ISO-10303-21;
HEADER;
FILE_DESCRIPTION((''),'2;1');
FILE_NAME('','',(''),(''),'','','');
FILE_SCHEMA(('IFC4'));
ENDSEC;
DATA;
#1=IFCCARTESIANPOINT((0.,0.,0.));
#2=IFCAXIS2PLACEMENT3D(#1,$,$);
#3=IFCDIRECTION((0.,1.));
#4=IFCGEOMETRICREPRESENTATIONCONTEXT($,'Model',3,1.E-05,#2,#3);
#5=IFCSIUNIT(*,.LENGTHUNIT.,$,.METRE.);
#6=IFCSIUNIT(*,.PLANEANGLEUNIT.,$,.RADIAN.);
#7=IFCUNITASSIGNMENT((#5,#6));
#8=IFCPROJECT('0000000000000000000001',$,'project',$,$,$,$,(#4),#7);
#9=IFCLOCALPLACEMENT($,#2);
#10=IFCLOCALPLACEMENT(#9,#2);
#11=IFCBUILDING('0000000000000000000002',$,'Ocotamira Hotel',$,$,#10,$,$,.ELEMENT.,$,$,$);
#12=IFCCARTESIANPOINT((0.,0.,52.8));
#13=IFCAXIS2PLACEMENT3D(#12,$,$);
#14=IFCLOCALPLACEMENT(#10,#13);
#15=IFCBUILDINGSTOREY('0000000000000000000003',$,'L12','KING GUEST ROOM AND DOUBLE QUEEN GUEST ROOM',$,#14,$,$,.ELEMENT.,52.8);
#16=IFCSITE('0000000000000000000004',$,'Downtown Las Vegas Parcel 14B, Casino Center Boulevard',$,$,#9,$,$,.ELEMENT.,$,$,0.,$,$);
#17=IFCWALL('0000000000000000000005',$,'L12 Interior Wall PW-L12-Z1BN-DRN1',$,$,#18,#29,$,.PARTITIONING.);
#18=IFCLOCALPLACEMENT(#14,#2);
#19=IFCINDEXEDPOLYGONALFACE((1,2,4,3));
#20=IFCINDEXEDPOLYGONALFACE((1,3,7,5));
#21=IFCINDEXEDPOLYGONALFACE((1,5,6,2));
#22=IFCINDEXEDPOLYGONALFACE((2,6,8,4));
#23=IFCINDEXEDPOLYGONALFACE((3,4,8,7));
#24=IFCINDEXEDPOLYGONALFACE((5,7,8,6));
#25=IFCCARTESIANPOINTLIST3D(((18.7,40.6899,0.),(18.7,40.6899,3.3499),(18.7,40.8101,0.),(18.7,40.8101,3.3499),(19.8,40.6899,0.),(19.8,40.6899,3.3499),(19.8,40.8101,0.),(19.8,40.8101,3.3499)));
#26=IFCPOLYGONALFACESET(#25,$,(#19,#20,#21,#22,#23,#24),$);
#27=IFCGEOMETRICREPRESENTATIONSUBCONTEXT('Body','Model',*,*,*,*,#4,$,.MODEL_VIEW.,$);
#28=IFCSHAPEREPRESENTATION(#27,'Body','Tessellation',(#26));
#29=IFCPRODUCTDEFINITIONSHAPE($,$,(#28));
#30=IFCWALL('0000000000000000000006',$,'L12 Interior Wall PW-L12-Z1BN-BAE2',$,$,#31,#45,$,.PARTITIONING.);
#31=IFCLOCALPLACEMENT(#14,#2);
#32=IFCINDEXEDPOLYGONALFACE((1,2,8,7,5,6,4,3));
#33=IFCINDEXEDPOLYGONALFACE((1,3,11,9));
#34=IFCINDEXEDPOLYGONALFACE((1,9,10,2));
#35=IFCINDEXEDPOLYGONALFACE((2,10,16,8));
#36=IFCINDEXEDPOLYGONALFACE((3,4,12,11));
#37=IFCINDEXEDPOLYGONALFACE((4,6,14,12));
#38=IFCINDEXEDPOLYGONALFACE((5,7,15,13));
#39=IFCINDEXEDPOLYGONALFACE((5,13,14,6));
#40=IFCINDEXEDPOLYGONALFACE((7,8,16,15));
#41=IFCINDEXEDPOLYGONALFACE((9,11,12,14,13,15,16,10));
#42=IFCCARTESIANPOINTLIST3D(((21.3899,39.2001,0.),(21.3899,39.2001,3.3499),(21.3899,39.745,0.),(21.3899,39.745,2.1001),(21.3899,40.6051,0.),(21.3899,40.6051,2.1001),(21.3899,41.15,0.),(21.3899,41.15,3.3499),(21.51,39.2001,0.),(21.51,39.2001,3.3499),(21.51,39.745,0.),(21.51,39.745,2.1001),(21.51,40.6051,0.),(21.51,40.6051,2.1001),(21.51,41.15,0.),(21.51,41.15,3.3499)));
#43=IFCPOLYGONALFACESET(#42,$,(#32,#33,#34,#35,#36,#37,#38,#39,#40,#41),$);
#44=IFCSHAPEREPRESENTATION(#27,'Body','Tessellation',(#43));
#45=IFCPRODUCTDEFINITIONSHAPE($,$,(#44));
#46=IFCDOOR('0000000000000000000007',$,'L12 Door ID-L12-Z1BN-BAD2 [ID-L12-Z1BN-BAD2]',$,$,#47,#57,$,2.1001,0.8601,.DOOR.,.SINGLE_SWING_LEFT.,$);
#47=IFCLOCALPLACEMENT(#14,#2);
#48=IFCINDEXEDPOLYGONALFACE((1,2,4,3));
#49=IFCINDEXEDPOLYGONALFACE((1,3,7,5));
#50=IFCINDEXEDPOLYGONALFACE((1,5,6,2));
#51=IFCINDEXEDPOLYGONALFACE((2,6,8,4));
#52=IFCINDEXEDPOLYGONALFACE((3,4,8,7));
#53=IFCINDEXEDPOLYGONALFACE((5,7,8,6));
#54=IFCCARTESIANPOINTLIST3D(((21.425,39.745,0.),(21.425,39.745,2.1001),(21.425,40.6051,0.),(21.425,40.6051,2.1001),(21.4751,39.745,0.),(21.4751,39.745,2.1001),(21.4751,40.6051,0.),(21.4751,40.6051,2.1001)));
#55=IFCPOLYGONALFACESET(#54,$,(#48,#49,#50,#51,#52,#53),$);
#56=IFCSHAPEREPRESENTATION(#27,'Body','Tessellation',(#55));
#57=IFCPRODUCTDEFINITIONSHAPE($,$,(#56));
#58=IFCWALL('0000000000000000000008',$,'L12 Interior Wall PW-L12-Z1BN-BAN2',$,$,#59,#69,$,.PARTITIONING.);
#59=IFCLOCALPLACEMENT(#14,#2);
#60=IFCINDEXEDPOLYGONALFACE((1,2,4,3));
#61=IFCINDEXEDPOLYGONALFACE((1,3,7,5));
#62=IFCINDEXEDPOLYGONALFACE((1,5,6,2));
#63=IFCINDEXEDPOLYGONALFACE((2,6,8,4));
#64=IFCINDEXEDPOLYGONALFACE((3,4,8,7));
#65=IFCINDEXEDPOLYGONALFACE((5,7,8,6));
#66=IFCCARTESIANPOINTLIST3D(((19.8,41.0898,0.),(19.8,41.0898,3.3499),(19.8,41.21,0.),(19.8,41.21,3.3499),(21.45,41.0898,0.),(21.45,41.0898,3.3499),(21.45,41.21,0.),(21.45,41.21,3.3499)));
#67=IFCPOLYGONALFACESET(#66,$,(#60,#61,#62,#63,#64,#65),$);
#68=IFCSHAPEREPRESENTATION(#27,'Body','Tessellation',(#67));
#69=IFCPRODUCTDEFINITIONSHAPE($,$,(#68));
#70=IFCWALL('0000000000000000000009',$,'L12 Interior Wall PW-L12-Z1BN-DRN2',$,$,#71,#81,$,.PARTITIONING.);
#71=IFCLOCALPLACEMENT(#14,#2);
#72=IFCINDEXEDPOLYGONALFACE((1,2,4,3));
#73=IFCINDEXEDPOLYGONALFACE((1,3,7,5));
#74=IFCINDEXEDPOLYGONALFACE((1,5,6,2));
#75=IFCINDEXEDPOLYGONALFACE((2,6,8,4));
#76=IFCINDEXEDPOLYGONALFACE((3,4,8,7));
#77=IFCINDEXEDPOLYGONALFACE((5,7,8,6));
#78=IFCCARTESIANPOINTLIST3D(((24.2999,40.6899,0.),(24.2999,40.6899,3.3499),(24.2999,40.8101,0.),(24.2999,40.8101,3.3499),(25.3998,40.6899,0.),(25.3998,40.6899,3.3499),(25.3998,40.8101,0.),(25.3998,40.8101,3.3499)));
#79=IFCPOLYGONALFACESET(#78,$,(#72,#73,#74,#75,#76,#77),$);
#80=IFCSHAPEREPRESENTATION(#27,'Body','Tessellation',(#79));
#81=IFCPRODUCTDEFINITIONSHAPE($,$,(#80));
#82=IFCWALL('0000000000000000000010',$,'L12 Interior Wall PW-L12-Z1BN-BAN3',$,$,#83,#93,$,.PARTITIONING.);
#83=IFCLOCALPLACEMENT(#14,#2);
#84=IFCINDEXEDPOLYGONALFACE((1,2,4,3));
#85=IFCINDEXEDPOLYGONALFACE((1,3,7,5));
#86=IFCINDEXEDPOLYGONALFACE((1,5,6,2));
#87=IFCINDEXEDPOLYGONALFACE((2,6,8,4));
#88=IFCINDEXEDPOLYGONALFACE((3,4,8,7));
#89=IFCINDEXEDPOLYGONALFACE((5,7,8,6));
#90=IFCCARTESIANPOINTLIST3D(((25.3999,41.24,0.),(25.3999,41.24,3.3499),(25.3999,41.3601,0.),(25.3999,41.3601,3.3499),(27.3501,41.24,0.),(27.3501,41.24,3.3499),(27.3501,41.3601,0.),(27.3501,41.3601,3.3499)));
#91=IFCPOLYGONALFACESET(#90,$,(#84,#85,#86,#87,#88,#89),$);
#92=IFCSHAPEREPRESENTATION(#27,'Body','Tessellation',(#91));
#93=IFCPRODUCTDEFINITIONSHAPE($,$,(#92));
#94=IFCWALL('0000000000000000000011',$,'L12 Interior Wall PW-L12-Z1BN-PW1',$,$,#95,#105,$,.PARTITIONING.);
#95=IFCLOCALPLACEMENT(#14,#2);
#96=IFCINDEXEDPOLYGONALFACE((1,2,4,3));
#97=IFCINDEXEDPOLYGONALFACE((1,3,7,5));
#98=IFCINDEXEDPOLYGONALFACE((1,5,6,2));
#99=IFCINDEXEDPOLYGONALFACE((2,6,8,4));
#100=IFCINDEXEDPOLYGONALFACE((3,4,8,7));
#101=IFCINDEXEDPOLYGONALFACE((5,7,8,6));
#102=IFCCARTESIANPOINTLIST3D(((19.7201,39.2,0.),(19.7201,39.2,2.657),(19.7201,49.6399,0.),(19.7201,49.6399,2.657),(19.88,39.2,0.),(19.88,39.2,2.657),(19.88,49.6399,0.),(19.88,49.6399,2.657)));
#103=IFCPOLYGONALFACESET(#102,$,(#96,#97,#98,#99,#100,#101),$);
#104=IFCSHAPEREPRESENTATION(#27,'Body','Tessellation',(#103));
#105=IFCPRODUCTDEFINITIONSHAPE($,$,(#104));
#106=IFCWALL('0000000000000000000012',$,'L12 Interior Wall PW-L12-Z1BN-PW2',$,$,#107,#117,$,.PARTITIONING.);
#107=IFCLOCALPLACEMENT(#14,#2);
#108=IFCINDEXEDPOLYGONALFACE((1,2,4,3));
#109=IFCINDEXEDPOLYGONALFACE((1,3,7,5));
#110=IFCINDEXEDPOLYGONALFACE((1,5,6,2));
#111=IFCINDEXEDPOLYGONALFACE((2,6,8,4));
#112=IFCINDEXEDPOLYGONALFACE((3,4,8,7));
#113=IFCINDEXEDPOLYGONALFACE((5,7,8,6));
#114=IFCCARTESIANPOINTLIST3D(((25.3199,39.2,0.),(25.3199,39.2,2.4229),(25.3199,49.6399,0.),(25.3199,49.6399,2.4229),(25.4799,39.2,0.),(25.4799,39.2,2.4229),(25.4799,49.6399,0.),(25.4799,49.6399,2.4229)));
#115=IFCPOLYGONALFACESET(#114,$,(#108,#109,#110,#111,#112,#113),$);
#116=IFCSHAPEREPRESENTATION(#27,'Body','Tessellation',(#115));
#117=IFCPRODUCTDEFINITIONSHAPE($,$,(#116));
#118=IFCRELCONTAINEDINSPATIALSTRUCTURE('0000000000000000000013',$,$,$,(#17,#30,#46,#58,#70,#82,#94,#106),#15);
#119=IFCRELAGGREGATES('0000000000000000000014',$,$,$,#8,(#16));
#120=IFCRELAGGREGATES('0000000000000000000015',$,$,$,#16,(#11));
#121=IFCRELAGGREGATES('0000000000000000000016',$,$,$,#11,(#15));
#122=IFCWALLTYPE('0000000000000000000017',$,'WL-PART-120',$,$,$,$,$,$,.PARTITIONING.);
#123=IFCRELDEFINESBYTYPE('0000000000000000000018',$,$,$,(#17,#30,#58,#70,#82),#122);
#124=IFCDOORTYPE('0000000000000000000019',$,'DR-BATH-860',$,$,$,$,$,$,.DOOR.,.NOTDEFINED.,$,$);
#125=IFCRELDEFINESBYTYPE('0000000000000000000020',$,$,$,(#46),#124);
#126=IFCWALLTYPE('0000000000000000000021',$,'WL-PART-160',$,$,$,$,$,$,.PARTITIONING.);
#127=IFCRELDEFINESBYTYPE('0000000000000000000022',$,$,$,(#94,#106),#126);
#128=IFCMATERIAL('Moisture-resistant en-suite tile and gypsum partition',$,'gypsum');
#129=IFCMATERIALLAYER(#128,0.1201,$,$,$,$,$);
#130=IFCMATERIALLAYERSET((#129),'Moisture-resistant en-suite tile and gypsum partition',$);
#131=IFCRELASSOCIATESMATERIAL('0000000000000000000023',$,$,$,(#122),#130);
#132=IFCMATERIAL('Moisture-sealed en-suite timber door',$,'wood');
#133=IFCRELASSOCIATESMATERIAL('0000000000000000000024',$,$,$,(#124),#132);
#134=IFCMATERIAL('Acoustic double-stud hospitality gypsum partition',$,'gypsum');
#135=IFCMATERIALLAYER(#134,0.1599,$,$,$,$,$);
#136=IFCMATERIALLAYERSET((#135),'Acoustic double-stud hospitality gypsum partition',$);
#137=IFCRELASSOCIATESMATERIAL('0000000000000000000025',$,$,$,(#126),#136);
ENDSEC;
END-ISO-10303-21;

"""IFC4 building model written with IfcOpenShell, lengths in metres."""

from ifc_helpers import new_model, si_unit, direction, frame, frame_2d, origin, place, context, subcontext, project, spatial, rectangle, extrude, source, transform, mapped, material, layer, layer_set, type_object, element, fill, save


model = new_model("IFC4")

# Units and contexts
model_context = context("Model", 3, precision=1e-05, world=origin(), true_north=direction((0.0, 1.0)))
body_context = subcontext(model_context, "Body", "Model", "MODEL_VIEW")
ifc_project = project(units=[si_unit("LENGTHUNIT", "METRE"), si_unit("PLANEANGLEUNIT", "RADIAN")], contexts=[model_context])

# Site, building, storey
site_placement = place(None, origin())
site = spatial("IfcSite", under=ifc_project, at=site_placement, Name="Downtown Las Vegas Parcel 14B, Casino Center Boulevard", CompositionType="ELEMENT", RefElevation=0.0)
building_placement = place(site_placement, origin())
building = spatial("IfcBuilding", under=site, at=building_placement, Name="Ocotamira Hotel", CompositionType="ELEMENT")
storey_placement = place(building_placement, frame((0.0, 0.0, 52.8)))
storey = spatial("IfcBuildingStorey", under=building, at=storey_placement, Name="L12", Description="KING GUEST ROOM AND DOUBLE QUEEN GUEST ROOM", CompositionType="ELEMENT", Elevation=52.8)

# Wall
ifc_material_1 = material(Name="Moisture-resistant en-suite tile and gypsum partition", Category="gypsum")
ifc_layer_1 = layer(ifc_material_1, 0.1201)
ifc_layer_set_1 = layer_set([ifc_layer_1], Name="Moisture-resistant en-suite tile and gypsum partition")
wall_type_1 = type_object("IfcWallType", Name="WL-PART-120", PredefinedType="PARTITIONING", material=ifc_layer_set_1)
wall_1_placement = place(storey_placement, frame((18.7, 40.75, 0.0), z_axis=(0.0, 0.0, 1.0), x_axis=(1.0, 0.0, 0.0)))
element("IfcWall", 1, at=wall_1_placement, inside=storey, type_object=wall_type_1, Name="L12 Interior Wall PW-L12-Z1BN-DRN1", PredefinedType="PARTITIONING", context=body_context, shape_type="SweptSolid", body=[
    extrude(rectangle(XDim=1.1001, YDim=0.1201, at=frame_2d((0.55, 0.0))), origin(), (0.0, 0.0, 1.0), 3.3499),
])

# Wall, opening, door
wall_2_placement = place(storey_placement, frame((21.45, 39.2, 0.0), z_axis=(0.0, 0.0, 1.0), x_axis=(0.0, 1.0, 0.0)))
wall_2 = element("IfcWall", 2, at=wall_2_placement, inside=storey, type_object=wall_type_1, Name="L12 Interior Wall PW-L12-Z1BN-BAE2", PredefinedType="PARTITIONING", context=body_context, shape_type="SweptSolid", body=[
    extrude(rectangle(XDim=1.95, YDim=0.1201, at=frame_2d((0.9751, 0.0))), origin(), (0.0, 0.0, 1.0), 3.3499),
])
opening_placement = place(wall_2_placement, frame((0.5449, 0.0, 0.0)))
opening = element("IfcOpeningElement", 3, at=opening_placement, cuts=wall_2, PredefinedType="OPENING", context=body_context, shape_type="SweptSolid", body=[
    extrude(rectangle(XDim=0.8601, YDim=2.1001, at=frame_2d((0.4302, 1.05))), frame((0.0, 0.0701, 0.0), z_axis=(0.0, -1.0, 0.0), x_axis=(1.0, 0.0, 0.0)), (0.0, 0.0, 1.0), 0.1401),
])
ifc_material_2 = material(Name="Moisture-sealed en-suite timber door", Category="wood")
door_type = type_object("IfcDoorType", Name="DR-BATH-860", OperationType="NOTDEFINED", PredefinedType="DOOR", material=ifc_material_2)
shared_shape_1 = source(origin(), body_context, "Body", "SweptSolid", [
    extrude(rectangle(XDim=0.8601, YDim=2.1001, at=frame_2d((0.4302, 1.05))), frame((0.0, 0.0249, 0.0), z_axis=(0.0, -1.0, 0.0), x_axis=(1.0, 0.0, 0.0)), (0.0, 0.0, 1.0), 0.05),
])
door_placement = place(opening_placement, origin())
door = element("IfcDoor", 4, at=door_placement, inside=storey, type_object=door_type, Name="L12 Door ID-L12-Z1BN-BAD2 [ID-L12-Z1BN-BAD2]", OperationType="SINGLE_SWING_LEFT", OverallHeight=2.1001, OverallWidth=0.8601, PredefinedType="DOOR", context=body_context, shape_type="MappedRepresentation", body=[
    mapped(shared_shape_1, transform((0.0, 0.0, 0.0), scale=1.0)),
])
fill(opening, door)

# Walls
wall_3_placement = place(storey_placement, frame((19.8, 41.1499, 0.0), z_axis=(0.0, 0.0, 1.0), x_axis=(1.0, 0.0, 0.0)))
element("IfcWall", 5, at=wall_3_placement, inside=storey, type_object=wall_type_1, Name="L12 Interior Wall PW-L12-Z1BN-BAN2", PredefinedType="PARTITIONING", context=body_context, shape_type="SweptSolid", body=[
    extrude(rectangle(XDim=1.6499, YDim=0.1201, at=frame_2d((0.825, 0.0))), origin(), (0.0, 0.0, 1.0), 3.3499),
])
wall_4_placement = place(storey_placement, frame((24.3, 40.75, 0.0), z_axis=(0.0, 0.0, 1.0), x_axis=(1.0, 0.0, 0.0)))
element("IfcWall", 6, at=wall_4_placement, inside=storey, type_object=wall_type_1, Name="L12 Interior Wall PW-L12-Z1BN-DRN2", PredefinedType="PARTITIONING", context=body_context, shape_type="SweptSolid", body=[
    extrude(rectangle(XDim=1.0999, YDim=0.1201, at=frame_2d((0.5498, 0.0))), origin(), (0.0, 0.0, 1.0), 3.3499),
])
wall_5_placement = place(storey_placement, frame((25.3999, 41.3, 0.0), z_axis=(0.0, 0.0, 1.0), x_axis=(1.0, 0.0, 0.0)))
element("IfcWall", 7, at=wall_5_placement, inside=storey, type_object=wall_type_1, Name="L12 Interior Wall PW-L12-Z1BN-BAN3", PredefinedType="PARTITIONING", context=body_context, shape_type="SweptSolid", body=[
    extrude(rectangle(XDim=1.9502, YDim=0.1201, at=frame_2d((0.9751, 0.0))), origin(), (0.0, 0.0, 1.0), 3.3499),
])
ifc_material_3 = material(Name="Acoustic double-stud hospitality gypsum partition", Category="gypsum")
ifc_layer_2 = layer(ifc_material_3, 0.1599)
ifc_layer_set_2 = layer_set([ifc_layer_2], Name="Acoustic double-stud hospitality gypsum partition")
wall_type_2 = type_object("IfcWallType", Name="WL-PART-160", PredefinedType="PARTITIONING", material=ifc_layer_set_2)
wall_6_placement = place(storey_placement, frame((19.8, 39.2, 0.0), z_axis=(0.0, 0.0, 1.0), x_axis=(0.0, 1.0, 0.0)))
element("IfcWall", 8, at=wall_6_placement, inside=storey, type_object=wall_type_2, Name="L12 Interior Wall PW-L12-Z1BN-PW1", PredefinedType="PARTITIONING", context=body_context, shape_type="SweptSolid", body=[
    extrude(rectangle(XDim=10.4399, YDim=0.1599, at=frame_2d((5.22, 0.0))), origin(), (0.0, 0.0, 1.0), 2.657),
])
wall_7_placement = place(storey_placement, frame((25.3999, 39.2, 0.0), z_axis=(0.0, 0.0, 1.0), x_axis=(0.0, 1.0, 0.0)))
element("IfcWall", 9, at=wall_7_placement, inside=storey, type_object=wall_type_2, Name="L12 Interior Wall PW-L12-Z1BN-PW2", PredefinedType="PARTITIONING", context=body_context, shape_type="SweptSolid", body=[
    extrude(rectangle(XDim=10.4399, YDim=0.1599, at=frame_2d((5.22, 0.0))), origin(), (0.0, 0.0, 1.0), 2.4229),
])

save(model, "model.ifc")
